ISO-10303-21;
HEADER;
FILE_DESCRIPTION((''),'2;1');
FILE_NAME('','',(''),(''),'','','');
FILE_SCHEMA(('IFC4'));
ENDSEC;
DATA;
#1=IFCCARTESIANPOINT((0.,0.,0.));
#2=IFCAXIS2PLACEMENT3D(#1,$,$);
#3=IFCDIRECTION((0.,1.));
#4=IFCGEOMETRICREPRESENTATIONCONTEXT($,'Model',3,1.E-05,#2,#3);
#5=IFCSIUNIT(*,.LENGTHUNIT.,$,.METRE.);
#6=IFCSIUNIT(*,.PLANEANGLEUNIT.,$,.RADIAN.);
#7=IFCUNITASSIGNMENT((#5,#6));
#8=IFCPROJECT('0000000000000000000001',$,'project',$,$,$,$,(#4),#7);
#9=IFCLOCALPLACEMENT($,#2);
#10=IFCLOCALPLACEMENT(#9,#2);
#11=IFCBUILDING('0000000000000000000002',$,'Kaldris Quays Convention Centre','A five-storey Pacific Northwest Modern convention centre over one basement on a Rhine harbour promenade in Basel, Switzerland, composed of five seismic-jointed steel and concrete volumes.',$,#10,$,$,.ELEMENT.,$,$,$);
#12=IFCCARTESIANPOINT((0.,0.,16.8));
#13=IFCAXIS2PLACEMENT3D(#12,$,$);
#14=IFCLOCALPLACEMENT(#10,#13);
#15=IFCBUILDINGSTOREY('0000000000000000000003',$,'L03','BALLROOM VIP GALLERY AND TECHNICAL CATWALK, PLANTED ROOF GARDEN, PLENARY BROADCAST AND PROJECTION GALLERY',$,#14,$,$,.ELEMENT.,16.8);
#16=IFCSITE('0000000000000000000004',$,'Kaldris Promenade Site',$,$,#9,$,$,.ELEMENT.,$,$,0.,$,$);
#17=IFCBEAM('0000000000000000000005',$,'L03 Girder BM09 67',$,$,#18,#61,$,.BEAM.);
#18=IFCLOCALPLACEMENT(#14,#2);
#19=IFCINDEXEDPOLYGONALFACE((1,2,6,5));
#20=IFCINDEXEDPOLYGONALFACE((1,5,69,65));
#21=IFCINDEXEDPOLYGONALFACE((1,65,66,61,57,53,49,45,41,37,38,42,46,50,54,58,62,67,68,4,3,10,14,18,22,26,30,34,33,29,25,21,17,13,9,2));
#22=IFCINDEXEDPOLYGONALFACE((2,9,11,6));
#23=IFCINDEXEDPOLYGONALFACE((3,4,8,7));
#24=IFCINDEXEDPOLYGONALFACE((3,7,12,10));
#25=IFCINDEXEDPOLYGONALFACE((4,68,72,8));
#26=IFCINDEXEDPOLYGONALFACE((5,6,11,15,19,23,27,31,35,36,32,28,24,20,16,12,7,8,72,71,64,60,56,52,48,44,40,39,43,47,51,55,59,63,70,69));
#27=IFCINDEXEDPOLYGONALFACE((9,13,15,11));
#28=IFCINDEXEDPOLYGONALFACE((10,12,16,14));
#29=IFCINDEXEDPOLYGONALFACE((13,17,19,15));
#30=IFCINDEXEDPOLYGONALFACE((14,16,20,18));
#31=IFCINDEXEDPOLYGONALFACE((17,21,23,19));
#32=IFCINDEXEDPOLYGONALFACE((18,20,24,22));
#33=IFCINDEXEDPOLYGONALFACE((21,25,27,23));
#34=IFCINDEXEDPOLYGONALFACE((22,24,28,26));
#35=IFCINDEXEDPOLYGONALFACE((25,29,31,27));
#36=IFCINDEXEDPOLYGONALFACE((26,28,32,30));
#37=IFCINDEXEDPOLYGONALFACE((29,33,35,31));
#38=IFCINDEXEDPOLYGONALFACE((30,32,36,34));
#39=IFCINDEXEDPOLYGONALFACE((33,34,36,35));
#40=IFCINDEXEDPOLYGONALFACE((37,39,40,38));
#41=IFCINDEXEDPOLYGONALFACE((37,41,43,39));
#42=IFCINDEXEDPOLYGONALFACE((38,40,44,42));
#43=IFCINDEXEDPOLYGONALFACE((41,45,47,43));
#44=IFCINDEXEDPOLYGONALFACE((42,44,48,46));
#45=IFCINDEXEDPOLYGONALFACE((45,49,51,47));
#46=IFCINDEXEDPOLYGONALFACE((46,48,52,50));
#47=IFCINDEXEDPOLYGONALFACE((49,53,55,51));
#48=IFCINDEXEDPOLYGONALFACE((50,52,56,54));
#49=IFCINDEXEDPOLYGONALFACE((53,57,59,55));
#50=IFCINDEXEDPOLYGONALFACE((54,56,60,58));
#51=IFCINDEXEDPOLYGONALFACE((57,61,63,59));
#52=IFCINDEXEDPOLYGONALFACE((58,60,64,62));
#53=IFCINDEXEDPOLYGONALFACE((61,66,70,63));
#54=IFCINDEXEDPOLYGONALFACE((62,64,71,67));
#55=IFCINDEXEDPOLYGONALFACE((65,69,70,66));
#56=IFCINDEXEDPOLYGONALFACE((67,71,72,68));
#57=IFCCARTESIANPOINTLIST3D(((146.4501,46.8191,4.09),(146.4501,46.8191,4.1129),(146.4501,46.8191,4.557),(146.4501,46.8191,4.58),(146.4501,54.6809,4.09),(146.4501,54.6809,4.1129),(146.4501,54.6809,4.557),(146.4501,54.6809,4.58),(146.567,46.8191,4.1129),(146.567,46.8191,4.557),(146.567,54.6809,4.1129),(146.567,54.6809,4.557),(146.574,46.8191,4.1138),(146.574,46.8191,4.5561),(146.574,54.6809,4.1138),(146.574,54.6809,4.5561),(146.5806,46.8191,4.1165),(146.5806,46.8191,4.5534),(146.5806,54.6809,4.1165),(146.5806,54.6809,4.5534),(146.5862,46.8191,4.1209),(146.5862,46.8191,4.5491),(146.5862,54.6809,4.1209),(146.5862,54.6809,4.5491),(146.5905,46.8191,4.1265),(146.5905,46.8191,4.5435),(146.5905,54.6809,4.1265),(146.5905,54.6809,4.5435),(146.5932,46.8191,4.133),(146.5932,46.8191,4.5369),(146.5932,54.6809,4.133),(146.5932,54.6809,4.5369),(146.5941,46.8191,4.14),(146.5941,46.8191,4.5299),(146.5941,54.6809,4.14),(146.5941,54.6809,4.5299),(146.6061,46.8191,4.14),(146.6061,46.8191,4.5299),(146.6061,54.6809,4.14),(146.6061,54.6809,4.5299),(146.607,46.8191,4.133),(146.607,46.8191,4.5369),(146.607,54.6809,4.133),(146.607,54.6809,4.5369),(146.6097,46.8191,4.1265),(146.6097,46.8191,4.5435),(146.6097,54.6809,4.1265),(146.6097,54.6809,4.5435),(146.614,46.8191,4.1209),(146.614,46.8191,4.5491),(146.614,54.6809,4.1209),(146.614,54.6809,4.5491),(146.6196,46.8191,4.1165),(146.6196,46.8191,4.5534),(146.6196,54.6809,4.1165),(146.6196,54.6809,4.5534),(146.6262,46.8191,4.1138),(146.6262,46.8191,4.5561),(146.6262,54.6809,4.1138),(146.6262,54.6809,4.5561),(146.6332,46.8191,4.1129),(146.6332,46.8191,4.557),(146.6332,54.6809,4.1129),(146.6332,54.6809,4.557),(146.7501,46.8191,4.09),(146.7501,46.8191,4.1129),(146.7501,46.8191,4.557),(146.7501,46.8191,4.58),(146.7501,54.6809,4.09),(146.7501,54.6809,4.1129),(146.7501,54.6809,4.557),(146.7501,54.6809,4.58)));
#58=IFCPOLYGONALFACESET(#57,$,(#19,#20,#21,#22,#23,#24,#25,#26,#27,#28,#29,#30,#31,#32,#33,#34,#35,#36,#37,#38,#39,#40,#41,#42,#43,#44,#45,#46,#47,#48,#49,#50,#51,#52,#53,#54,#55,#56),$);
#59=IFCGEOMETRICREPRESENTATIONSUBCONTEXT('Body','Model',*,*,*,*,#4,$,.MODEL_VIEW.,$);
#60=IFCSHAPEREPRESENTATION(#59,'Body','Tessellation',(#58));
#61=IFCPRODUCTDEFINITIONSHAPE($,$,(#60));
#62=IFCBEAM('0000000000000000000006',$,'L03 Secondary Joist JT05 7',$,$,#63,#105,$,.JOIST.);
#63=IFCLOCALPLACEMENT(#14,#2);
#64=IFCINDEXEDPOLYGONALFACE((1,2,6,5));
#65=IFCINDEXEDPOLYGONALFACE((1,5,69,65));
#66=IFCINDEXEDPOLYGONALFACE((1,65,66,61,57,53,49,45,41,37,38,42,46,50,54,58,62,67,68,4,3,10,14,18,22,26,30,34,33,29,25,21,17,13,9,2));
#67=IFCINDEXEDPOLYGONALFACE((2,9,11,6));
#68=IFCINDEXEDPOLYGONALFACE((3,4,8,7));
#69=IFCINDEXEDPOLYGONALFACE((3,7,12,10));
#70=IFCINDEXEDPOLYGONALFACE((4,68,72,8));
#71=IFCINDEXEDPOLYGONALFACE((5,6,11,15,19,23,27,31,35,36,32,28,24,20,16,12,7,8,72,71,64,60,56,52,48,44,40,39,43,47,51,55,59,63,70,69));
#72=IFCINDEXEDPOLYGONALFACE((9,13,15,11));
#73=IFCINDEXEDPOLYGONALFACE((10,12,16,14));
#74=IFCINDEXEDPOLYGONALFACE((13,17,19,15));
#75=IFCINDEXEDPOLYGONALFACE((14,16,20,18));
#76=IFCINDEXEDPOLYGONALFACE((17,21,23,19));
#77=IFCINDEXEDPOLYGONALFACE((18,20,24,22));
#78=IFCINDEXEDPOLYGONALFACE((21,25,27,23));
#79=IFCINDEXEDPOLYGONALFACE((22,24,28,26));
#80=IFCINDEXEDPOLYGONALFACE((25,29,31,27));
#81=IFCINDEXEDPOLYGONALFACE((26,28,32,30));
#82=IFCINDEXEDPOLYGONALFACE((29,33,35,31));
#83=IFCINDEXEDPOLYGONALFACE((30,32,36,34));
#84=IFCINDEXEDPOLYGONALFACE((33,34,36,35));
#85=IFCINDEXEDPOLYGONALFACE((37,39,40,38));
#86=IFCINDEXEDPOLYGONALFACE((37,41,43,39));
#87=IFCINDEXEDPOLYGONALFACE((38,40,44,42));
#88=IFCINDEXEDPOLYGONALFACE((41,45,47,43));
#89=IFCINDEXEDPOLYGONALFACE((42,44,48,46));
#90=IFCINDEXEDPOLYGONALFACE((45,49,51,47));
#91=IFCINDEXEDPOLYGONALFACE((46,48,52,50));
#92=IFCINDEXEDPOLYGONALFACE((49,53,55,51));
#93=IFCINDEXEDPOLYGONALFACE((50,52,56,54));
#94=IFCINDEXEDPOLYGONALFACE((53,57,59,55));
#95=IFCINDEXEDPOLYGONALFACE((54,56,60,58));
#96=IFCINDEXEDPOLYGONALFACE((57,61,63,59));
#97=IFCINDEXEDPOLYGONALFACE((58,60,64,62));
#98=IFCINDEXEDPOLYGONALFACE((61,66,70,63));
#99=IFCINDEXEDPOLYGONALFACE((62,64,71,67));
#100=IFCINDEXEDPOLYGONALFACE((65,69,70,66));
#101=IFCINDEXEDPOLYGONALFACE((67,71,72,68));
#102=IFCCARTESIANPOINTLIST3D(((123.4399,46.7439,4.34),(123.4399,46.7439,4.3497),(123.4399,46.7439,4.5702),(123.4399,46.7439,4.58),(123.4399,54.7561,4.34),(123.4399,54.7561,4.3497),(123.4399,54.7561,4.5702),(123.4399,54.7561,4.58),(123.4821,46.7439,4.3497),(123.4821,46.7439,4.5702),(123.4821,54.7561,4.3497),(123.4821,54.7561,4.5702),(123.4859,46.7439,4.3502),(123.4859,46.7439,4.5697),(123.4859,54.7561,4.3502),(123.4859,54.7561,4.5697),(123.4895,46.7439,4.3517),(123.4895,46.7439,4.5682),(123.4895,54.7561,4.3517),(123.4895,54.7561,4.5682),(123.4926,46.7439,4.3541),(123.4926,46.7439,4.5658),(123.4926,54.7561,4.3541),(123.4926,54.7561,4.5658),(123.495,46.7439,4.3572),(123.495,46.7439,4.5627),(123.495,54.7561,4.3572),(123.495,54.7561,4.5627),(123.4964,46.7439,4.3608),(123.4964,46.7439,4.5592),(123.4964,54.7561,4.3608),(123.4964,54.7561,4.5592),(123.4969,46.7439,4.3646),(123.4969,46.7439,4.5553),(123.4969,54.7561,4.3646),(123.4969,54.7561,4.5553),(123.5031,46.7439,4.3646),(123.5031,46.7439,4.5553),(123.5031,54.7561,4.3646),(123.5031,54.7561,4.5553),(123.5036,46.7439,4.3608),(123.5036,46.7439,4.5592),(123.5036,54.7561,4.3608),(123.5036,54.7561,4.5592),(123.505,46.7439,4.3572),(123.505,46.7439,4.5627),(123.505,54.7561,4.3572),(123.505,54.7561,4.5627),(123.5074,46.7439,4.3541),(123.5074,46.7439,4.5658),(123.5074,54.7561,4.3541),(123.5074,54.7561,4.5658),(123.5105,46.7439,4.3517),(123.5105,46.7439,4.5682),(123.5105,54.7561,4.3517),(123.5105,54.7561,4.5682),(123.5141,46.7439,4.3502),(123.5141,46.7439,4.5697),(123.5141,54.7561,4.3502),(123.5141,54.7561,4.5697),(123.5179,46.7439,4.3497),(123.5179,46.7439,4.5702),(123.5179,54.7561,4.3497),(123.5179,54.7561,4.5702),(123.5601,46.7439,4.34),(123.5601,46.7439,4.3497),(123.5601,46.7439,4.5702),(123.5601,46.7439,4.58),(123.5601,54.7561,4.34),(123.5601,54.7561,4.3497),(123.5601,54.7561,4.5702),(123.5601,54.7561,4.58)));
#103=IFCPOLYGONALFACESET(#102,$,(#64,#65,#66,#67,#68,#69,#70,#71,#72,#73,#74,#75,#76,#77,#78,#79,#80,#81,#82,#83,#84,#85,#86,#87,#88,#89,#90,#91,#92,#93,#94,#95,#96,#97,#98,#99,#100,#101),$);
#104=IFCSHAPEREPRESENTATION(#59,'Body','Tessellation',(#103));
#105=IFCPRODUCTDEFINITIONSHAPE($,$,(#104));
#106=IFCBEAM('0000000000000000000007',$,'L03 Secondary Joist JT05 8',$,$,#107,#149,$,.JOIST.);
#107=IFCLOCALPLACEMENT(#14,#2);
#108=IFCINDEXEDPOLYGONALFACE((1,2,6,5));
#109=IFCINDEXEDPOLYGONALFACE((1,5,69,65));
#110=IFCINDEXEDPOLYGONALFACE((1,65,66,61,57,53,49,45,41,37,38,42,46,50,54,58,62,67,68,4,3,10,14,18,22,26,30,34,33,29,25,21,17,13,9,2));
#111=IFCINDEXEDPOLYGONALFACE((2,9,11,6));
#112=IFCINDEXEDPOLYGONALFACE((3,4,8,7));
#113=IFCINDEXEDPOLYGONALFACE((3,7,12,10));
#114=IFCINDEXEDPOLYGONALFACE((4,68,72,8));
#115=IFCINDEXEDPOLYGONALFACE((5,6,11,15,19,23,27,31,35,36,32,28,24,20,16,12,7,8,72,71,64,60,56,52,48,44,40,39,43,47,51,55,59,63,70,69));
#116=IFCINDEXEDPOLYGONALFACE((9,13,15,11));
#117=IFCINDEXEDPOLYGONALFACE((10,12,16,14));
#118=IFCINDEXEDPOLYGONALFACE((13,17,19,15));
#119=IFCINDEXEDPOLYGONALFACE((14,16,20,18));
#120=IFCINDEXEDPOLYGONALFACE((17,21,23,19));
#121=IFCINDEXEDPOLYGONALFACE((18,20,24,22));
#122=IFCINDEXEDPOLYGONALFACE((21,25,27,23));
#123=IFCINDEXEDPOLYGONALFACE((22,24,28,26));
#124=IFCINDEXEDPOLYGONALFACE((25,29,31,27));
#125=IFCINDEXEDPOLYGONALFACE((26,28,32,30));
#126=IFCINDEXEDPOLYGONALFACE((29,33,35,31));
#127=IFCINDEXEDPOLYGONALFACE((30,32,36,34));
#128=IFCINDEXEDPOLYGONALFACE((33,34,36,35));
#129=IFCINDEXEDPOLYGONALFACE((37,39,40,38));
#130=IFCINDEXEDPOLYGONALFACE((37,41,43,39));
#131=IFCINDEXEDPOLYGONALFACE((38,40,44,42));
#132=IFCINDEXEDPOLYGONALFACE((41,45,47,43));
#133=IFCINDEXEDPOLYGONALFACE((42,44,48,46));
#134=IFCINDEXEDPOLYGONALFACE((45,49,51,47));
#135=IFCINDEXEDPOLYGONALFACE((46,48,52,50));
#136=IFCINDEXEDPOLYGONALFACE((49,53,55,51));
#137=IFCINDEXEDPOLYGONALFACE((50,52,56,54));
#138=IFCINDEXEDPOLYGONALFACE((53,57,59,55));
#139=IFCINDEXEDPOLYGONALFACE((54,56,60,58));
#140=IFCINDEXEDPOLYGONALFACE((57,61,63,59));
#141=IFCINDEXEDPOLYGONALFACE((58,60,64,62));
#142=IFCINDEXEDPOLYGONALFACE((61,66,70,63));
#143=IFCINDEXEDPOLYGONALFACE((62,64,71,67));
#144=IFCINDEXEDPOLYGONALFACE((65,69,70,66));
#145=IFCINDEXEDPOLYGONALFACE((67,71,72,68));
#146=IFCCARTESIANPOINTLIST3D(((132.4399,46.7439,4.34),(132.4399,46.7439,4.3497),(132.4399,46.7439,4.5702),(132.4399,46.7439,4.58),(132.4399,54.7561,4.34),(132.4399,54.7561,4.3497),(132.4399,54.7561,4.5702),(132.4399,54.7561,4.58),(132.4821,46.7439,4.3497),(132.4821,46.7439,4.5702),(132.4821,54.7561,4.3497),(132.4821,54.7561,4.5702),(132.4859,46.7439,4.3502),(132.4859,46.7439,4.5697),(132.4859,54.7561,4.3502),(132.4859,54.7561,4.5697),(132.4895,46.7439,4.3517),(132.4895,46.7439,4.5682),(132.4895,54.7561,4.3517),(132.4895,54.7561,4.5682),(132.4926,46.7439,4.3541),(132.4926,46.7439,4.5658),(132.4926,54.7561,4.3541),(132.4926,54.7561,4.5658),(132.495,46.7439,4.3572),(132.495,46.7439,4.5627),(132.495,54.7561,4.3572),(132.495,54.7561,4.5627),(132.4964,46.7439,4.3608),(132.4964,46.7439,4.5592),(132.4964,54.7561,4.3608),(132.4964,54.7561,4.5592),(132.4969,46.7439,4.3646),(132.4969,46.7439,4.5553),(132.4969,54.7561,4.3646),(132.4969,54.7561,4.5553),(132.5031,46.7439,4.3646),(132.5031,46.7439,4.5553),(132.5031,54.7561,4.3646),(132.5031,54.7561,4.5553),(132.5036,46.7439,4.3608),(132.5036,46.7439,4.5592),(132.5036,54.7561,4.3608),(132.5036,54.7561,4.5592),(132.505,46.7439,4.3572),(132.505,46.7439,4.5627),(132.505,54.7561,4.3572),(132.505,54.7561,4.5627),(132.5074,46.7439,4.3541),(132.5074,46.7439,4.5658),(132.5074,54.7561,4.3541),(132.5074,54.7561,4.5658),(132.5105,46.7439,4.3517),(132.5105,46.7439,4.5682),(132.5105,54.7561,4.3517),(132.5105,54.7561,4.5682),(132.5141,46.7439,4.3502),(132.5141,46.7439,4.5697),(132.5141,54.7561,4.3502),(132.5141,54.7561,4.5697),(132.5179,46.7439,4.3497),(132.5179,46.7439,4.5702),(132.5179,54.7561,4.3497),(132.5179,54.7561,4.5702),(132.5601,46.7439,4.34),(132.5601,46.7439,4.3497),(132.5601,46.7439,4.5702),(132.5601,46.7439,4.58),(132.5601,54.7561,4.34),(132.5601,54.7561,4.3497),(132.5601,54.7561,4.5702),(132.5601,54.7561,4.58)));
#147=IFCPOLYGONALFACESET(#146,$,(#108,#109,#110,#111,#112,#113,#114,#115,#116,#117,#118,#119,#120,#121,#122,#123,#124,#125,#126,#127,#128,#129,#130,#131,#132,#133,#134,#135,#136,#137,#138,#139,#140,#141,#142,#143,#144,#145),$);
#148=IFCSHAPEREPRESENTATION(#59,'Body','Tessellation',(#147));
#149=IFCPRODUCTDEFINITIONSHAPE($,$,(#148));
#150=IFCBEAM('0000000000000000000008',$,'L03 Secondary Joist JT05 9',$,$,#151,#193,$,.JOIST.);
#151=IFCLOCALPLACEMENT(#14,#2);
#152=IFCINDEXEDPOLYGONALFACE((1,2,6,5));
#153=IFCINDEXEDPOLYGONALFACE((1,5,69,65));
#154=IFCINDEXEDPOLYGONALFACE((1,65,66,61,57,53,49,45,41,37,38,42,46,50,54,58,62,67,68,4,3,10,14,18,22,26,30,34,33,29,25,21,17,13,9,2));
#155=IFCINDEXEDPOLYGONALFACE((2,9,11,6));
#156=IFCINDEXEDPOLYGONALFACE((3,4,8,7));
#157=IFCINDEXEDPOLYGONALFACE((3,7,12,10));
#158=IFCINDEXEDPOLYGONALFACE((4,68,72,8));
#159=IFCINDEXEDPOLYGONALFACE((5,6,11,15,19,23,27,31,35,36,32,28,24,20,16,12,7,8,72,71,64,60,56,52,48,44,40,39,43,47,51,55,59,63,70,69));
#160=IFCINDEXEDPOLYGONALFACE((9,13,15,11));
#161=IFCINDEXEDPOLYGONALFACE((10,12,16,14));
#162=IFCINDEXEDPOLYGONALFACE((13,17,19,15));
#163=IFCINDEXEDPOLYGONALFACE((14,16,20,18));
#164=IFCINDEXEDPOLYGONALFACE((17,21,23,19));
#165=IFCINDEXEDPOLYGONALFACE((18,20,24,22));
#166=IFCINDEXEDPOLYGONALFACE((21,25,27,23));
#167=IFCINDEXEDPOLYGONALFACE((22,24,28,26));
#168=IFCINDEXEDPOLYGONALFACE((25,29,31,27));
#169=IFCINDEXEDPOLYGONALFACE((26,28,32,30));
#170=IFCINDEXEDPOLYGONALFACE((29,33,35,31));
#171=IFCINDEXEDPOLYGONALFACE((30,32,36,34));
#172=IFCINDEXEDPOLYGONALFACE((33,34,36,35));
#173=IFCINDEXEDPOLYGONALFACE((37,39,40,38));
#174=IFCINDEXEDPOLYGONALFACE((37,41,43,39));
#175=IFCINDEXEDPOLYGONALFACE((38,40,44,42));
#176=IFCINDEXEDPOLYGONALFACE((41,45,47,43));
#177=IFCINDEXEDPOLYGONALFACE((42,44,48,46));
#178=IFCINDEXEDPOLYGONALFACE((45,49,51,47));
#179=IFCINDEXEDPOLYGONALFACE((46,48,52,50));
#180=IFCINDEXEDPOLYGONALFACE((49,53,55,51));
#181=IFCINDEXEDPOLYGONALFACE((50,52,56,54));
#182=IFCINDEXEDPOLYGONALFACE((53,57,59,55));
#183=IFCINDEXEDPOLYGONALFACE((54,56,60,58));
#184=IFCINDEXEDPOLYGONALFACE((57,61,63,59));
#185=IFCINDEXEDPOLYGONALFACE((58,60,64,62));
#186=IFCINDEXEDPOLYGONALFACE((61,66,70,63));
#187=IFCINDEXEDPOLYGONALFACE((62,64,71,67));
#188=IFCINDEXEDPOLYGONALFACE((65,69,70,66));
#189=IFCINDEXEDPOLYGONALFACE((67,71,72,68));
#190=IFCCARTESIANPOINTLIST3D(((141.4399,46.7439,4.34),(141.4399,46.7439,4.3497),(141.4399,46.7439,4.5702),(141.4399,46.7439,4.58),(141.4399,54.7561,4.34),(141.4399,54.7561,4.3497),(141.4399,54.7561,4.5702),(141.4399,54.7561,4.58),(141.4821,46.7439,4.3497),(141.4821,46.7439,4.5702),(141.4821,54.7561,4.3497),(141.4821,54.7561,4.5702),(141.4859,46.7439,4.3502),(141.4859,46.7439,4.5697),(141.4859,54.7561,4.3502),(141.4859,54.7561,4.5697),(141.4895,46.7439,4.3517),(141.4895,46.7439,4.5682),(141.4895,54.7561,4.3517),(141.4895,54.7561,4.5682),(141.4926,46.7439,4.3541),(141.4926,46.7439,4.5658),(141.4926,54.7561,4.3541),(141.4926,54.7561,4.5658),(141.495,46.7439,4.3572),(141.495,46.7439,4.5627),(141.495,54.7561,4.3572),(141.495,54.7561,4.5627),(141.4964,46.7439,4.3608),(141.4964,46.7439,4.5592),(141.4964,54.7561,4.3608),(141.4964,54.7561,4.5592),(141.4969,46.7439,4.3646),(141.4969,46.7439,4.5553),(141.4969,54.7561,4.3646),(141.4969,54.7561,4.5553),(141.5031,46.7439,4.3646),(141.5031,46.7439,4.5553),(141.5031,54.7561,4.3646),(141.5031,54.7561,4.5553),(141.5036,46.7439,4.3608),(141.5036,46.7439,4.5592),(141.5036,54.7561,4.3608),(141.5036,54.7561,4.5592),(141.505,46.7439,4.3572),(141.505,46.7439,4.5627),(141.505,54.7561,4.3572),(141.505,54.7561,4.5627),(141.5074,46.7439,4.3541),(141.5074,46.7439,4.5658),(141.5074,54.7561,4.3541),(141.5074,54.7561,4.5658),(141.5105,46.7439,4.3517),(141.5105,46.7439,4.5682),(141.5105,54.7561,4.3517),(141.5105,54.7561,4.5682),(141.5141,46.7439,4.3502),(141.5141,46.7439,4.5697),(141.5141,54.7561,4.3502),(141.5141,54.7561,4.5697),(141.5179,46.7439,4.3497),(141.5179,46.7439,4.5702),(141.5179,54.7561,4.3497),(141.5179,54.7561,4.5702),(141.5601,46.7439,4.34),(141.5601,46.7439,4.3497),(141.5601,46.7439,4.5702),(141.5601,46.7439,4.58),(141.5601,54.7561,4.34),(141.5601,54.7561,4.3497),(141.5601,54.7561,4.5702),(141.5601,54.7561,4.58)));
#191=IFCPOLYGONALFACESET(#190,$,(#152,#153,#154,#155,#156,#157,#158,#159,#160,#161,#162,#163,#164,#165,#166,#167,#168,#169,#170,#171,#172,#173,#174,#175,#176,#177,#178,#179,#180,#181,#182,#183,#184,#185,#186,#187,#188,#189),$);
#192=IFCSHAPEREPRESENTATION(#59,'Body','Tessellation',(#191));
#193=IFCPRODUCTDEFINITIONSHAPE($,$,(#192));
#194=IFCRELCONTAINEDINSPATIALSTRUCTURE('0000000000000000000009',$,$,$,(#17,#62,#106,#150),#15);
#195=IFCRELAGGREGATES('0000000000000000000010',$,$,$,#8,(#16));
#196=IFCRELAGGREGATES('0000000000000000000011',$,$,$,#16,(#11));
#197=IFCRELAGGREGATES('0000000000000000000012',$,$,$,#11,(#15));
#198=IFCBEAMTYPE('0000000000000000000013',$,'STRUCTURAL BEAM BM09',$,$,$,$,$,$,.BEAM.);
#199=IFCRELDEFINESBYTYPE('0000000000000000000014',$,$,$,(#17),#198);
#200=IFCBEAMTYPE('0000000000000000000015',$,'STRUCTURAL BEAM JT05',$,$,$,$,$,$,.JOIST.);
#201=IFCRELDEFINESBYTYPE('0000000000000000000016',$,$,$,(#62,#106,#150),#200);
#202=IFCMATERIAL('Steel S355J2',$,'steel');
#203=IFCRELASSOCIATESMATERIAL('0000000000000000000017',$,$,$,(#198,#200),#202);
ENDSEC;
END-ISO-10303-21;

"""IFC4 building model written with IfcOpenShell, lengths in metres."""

from ifc_helpers import new_model, si_unit, direction, frame, origin, origin_2d, place, context, subcontext, project, spatial, i_section, extrude, material, material_profile, profile_set, type_object, element, save


model = new_model("IFC4")

# Units and contexts
model_context = context("Model", 3, precision=1e-05, world=origin(), true_north=direction((0.0, 1.0)))
body_context = subcontext(model_context, "Body", "Model", "MODEL_VIEW")
ifc_project = project(units=[si_unit("LENGTHUNIT", "METRE"), si_unit("PLANEANGLEUNIT", "RADIAN")], contexts=[model_context])

# Site, building, storey
site_placement = place(None, origin())
site = spatial("IfcSite", under=ifc_project, at=site_placement, Name="Kaldris Promenade Site", CompositionType="ELEMENT", RefElevation=0.0)
building_placement = place(site_placement, origin())
building = spatial("IfcBuilding", under=site, at=building_placement, Name="Kaldris Quays Convention Centre", Description="A five-storey Pacific Northwest Modern convention centre over one basement on a Rhine harbour promenade in Basel, Switzerland, composed of five seismic-jointed steel and concrete volumes.", CompositionType="ELEMENT")
storey_placement = place(building_placement, frame((0.0, 0.0, 16.8)))
storey = spatial("IfcBuildingStorey", under=building, at=storey_placement, Name="L03", Description="BALLROOM VIP GALLERY AND TECHNICAL CATWALK, PLANTED ROOF GARDEN, PLENARY BROADCAST AND PROJECTION GALLERY", CompositionType="ELEMENT", Elevation=16.8)

# Shared definitions
ifc_material_1 = material(Name="Steel S355J2", Category="steel")

# Beams
ifc_material_profile_1 = material_profile(ifc_material_1, i_section(OverallWidth=0.3, OverallDepth=0.49, WebThickness=0.012, FlangeThickness=0.0229, FilletRadius=0.0271, at=origin_2d()), Name="HEA 500")
ifc_profile_set_1 = profile_set([ifc_material_profile_1], Name="Steel S355J2")
beam_type_1 = type_object("IfcBeamType", Name="STRUCTURAL BEAM BM09", PredefinedType="BEAM", material=ifc_profile_set_1)
beam_placement = place(storey_placement, frame((146.6001, 46.8191, 4.335), z_axis=(0.0, 1.0, 0.0), x_axis=(-1.0, 0.0, 0.0)))
element("IfcBeam", 1, at=beam_placement, inside=storey, type_object=beam_type_1, Name="L03 Girder BM09 67", PredefinedType="BEAM", context=body_context, shape_type="SweptSolid", body=[
    extrude(i_section(OverallWidth=0.3, OverallDepth=0.49, WebThickness=0.012, FlangeThickness=0.0229, FilletRadius=0.0271, at=origin_2d()), origin(), (0.0, 0.0, 1.0), 7.8618),
])
ifc_material_profile_2 = material_profile(ifc_material_1, i_section(OverallWidth=0.1201, OverallDepth=0.24, WebThickness=0.0061, FlangeThickness=0.0098, FilletRadius=0.0149, at=origin_2d()), Name="IPE 240")
ifc_profile_set_2 = profile_set([ifc_material_profile_2], Name="Steel S355J2")
beam_type_2 = type_object("IfcBeamType", Name="STRUCTURAL BEAM JT05", PredefinedType="JOIST", material=ifc_profile_set_2)
for number, where, z_axis, x_axis, name in (
    (2, (123.5, 46.7439, 4.46), (0.0, 1.0, 0.0), (-1.0, 0.0, 0.0), "L03 Secondary Joist JT05 7"),
    (3, (132.5, 46.7439, 4.46), (0.0, 1.0, 0.0), (-1.0, 0.0, 0.0), "L03 Secondary Joist JT05 8"),
    (4, (141.5, 46.7439, 4.46), (0.0, 1.0, 0.0), (-1.0, 0.0, 0.0), "L03 Secondary Joist JT05 9"),
):
    element("IfcBeam", number, at=place(storey_placement, frame(where, z_axis=z_axis, x_axis=x_axis)), inside=storey, type_object=beam_type_2, Name=name, PredefinedType="JOIST", context=body_context, shape_type="SweptSolid", body=[
        extrude(i_section(OverallWidth=0.1201, OverallDepth=0.24, WebThickness=0.0061, FlangeThickness=0.0098, FilletRadius=0.0149, at=origin_2d()), origin(), (0.0, 0.0, 1.0), 8.0122),
    ])

save(model, "model.ifc")
